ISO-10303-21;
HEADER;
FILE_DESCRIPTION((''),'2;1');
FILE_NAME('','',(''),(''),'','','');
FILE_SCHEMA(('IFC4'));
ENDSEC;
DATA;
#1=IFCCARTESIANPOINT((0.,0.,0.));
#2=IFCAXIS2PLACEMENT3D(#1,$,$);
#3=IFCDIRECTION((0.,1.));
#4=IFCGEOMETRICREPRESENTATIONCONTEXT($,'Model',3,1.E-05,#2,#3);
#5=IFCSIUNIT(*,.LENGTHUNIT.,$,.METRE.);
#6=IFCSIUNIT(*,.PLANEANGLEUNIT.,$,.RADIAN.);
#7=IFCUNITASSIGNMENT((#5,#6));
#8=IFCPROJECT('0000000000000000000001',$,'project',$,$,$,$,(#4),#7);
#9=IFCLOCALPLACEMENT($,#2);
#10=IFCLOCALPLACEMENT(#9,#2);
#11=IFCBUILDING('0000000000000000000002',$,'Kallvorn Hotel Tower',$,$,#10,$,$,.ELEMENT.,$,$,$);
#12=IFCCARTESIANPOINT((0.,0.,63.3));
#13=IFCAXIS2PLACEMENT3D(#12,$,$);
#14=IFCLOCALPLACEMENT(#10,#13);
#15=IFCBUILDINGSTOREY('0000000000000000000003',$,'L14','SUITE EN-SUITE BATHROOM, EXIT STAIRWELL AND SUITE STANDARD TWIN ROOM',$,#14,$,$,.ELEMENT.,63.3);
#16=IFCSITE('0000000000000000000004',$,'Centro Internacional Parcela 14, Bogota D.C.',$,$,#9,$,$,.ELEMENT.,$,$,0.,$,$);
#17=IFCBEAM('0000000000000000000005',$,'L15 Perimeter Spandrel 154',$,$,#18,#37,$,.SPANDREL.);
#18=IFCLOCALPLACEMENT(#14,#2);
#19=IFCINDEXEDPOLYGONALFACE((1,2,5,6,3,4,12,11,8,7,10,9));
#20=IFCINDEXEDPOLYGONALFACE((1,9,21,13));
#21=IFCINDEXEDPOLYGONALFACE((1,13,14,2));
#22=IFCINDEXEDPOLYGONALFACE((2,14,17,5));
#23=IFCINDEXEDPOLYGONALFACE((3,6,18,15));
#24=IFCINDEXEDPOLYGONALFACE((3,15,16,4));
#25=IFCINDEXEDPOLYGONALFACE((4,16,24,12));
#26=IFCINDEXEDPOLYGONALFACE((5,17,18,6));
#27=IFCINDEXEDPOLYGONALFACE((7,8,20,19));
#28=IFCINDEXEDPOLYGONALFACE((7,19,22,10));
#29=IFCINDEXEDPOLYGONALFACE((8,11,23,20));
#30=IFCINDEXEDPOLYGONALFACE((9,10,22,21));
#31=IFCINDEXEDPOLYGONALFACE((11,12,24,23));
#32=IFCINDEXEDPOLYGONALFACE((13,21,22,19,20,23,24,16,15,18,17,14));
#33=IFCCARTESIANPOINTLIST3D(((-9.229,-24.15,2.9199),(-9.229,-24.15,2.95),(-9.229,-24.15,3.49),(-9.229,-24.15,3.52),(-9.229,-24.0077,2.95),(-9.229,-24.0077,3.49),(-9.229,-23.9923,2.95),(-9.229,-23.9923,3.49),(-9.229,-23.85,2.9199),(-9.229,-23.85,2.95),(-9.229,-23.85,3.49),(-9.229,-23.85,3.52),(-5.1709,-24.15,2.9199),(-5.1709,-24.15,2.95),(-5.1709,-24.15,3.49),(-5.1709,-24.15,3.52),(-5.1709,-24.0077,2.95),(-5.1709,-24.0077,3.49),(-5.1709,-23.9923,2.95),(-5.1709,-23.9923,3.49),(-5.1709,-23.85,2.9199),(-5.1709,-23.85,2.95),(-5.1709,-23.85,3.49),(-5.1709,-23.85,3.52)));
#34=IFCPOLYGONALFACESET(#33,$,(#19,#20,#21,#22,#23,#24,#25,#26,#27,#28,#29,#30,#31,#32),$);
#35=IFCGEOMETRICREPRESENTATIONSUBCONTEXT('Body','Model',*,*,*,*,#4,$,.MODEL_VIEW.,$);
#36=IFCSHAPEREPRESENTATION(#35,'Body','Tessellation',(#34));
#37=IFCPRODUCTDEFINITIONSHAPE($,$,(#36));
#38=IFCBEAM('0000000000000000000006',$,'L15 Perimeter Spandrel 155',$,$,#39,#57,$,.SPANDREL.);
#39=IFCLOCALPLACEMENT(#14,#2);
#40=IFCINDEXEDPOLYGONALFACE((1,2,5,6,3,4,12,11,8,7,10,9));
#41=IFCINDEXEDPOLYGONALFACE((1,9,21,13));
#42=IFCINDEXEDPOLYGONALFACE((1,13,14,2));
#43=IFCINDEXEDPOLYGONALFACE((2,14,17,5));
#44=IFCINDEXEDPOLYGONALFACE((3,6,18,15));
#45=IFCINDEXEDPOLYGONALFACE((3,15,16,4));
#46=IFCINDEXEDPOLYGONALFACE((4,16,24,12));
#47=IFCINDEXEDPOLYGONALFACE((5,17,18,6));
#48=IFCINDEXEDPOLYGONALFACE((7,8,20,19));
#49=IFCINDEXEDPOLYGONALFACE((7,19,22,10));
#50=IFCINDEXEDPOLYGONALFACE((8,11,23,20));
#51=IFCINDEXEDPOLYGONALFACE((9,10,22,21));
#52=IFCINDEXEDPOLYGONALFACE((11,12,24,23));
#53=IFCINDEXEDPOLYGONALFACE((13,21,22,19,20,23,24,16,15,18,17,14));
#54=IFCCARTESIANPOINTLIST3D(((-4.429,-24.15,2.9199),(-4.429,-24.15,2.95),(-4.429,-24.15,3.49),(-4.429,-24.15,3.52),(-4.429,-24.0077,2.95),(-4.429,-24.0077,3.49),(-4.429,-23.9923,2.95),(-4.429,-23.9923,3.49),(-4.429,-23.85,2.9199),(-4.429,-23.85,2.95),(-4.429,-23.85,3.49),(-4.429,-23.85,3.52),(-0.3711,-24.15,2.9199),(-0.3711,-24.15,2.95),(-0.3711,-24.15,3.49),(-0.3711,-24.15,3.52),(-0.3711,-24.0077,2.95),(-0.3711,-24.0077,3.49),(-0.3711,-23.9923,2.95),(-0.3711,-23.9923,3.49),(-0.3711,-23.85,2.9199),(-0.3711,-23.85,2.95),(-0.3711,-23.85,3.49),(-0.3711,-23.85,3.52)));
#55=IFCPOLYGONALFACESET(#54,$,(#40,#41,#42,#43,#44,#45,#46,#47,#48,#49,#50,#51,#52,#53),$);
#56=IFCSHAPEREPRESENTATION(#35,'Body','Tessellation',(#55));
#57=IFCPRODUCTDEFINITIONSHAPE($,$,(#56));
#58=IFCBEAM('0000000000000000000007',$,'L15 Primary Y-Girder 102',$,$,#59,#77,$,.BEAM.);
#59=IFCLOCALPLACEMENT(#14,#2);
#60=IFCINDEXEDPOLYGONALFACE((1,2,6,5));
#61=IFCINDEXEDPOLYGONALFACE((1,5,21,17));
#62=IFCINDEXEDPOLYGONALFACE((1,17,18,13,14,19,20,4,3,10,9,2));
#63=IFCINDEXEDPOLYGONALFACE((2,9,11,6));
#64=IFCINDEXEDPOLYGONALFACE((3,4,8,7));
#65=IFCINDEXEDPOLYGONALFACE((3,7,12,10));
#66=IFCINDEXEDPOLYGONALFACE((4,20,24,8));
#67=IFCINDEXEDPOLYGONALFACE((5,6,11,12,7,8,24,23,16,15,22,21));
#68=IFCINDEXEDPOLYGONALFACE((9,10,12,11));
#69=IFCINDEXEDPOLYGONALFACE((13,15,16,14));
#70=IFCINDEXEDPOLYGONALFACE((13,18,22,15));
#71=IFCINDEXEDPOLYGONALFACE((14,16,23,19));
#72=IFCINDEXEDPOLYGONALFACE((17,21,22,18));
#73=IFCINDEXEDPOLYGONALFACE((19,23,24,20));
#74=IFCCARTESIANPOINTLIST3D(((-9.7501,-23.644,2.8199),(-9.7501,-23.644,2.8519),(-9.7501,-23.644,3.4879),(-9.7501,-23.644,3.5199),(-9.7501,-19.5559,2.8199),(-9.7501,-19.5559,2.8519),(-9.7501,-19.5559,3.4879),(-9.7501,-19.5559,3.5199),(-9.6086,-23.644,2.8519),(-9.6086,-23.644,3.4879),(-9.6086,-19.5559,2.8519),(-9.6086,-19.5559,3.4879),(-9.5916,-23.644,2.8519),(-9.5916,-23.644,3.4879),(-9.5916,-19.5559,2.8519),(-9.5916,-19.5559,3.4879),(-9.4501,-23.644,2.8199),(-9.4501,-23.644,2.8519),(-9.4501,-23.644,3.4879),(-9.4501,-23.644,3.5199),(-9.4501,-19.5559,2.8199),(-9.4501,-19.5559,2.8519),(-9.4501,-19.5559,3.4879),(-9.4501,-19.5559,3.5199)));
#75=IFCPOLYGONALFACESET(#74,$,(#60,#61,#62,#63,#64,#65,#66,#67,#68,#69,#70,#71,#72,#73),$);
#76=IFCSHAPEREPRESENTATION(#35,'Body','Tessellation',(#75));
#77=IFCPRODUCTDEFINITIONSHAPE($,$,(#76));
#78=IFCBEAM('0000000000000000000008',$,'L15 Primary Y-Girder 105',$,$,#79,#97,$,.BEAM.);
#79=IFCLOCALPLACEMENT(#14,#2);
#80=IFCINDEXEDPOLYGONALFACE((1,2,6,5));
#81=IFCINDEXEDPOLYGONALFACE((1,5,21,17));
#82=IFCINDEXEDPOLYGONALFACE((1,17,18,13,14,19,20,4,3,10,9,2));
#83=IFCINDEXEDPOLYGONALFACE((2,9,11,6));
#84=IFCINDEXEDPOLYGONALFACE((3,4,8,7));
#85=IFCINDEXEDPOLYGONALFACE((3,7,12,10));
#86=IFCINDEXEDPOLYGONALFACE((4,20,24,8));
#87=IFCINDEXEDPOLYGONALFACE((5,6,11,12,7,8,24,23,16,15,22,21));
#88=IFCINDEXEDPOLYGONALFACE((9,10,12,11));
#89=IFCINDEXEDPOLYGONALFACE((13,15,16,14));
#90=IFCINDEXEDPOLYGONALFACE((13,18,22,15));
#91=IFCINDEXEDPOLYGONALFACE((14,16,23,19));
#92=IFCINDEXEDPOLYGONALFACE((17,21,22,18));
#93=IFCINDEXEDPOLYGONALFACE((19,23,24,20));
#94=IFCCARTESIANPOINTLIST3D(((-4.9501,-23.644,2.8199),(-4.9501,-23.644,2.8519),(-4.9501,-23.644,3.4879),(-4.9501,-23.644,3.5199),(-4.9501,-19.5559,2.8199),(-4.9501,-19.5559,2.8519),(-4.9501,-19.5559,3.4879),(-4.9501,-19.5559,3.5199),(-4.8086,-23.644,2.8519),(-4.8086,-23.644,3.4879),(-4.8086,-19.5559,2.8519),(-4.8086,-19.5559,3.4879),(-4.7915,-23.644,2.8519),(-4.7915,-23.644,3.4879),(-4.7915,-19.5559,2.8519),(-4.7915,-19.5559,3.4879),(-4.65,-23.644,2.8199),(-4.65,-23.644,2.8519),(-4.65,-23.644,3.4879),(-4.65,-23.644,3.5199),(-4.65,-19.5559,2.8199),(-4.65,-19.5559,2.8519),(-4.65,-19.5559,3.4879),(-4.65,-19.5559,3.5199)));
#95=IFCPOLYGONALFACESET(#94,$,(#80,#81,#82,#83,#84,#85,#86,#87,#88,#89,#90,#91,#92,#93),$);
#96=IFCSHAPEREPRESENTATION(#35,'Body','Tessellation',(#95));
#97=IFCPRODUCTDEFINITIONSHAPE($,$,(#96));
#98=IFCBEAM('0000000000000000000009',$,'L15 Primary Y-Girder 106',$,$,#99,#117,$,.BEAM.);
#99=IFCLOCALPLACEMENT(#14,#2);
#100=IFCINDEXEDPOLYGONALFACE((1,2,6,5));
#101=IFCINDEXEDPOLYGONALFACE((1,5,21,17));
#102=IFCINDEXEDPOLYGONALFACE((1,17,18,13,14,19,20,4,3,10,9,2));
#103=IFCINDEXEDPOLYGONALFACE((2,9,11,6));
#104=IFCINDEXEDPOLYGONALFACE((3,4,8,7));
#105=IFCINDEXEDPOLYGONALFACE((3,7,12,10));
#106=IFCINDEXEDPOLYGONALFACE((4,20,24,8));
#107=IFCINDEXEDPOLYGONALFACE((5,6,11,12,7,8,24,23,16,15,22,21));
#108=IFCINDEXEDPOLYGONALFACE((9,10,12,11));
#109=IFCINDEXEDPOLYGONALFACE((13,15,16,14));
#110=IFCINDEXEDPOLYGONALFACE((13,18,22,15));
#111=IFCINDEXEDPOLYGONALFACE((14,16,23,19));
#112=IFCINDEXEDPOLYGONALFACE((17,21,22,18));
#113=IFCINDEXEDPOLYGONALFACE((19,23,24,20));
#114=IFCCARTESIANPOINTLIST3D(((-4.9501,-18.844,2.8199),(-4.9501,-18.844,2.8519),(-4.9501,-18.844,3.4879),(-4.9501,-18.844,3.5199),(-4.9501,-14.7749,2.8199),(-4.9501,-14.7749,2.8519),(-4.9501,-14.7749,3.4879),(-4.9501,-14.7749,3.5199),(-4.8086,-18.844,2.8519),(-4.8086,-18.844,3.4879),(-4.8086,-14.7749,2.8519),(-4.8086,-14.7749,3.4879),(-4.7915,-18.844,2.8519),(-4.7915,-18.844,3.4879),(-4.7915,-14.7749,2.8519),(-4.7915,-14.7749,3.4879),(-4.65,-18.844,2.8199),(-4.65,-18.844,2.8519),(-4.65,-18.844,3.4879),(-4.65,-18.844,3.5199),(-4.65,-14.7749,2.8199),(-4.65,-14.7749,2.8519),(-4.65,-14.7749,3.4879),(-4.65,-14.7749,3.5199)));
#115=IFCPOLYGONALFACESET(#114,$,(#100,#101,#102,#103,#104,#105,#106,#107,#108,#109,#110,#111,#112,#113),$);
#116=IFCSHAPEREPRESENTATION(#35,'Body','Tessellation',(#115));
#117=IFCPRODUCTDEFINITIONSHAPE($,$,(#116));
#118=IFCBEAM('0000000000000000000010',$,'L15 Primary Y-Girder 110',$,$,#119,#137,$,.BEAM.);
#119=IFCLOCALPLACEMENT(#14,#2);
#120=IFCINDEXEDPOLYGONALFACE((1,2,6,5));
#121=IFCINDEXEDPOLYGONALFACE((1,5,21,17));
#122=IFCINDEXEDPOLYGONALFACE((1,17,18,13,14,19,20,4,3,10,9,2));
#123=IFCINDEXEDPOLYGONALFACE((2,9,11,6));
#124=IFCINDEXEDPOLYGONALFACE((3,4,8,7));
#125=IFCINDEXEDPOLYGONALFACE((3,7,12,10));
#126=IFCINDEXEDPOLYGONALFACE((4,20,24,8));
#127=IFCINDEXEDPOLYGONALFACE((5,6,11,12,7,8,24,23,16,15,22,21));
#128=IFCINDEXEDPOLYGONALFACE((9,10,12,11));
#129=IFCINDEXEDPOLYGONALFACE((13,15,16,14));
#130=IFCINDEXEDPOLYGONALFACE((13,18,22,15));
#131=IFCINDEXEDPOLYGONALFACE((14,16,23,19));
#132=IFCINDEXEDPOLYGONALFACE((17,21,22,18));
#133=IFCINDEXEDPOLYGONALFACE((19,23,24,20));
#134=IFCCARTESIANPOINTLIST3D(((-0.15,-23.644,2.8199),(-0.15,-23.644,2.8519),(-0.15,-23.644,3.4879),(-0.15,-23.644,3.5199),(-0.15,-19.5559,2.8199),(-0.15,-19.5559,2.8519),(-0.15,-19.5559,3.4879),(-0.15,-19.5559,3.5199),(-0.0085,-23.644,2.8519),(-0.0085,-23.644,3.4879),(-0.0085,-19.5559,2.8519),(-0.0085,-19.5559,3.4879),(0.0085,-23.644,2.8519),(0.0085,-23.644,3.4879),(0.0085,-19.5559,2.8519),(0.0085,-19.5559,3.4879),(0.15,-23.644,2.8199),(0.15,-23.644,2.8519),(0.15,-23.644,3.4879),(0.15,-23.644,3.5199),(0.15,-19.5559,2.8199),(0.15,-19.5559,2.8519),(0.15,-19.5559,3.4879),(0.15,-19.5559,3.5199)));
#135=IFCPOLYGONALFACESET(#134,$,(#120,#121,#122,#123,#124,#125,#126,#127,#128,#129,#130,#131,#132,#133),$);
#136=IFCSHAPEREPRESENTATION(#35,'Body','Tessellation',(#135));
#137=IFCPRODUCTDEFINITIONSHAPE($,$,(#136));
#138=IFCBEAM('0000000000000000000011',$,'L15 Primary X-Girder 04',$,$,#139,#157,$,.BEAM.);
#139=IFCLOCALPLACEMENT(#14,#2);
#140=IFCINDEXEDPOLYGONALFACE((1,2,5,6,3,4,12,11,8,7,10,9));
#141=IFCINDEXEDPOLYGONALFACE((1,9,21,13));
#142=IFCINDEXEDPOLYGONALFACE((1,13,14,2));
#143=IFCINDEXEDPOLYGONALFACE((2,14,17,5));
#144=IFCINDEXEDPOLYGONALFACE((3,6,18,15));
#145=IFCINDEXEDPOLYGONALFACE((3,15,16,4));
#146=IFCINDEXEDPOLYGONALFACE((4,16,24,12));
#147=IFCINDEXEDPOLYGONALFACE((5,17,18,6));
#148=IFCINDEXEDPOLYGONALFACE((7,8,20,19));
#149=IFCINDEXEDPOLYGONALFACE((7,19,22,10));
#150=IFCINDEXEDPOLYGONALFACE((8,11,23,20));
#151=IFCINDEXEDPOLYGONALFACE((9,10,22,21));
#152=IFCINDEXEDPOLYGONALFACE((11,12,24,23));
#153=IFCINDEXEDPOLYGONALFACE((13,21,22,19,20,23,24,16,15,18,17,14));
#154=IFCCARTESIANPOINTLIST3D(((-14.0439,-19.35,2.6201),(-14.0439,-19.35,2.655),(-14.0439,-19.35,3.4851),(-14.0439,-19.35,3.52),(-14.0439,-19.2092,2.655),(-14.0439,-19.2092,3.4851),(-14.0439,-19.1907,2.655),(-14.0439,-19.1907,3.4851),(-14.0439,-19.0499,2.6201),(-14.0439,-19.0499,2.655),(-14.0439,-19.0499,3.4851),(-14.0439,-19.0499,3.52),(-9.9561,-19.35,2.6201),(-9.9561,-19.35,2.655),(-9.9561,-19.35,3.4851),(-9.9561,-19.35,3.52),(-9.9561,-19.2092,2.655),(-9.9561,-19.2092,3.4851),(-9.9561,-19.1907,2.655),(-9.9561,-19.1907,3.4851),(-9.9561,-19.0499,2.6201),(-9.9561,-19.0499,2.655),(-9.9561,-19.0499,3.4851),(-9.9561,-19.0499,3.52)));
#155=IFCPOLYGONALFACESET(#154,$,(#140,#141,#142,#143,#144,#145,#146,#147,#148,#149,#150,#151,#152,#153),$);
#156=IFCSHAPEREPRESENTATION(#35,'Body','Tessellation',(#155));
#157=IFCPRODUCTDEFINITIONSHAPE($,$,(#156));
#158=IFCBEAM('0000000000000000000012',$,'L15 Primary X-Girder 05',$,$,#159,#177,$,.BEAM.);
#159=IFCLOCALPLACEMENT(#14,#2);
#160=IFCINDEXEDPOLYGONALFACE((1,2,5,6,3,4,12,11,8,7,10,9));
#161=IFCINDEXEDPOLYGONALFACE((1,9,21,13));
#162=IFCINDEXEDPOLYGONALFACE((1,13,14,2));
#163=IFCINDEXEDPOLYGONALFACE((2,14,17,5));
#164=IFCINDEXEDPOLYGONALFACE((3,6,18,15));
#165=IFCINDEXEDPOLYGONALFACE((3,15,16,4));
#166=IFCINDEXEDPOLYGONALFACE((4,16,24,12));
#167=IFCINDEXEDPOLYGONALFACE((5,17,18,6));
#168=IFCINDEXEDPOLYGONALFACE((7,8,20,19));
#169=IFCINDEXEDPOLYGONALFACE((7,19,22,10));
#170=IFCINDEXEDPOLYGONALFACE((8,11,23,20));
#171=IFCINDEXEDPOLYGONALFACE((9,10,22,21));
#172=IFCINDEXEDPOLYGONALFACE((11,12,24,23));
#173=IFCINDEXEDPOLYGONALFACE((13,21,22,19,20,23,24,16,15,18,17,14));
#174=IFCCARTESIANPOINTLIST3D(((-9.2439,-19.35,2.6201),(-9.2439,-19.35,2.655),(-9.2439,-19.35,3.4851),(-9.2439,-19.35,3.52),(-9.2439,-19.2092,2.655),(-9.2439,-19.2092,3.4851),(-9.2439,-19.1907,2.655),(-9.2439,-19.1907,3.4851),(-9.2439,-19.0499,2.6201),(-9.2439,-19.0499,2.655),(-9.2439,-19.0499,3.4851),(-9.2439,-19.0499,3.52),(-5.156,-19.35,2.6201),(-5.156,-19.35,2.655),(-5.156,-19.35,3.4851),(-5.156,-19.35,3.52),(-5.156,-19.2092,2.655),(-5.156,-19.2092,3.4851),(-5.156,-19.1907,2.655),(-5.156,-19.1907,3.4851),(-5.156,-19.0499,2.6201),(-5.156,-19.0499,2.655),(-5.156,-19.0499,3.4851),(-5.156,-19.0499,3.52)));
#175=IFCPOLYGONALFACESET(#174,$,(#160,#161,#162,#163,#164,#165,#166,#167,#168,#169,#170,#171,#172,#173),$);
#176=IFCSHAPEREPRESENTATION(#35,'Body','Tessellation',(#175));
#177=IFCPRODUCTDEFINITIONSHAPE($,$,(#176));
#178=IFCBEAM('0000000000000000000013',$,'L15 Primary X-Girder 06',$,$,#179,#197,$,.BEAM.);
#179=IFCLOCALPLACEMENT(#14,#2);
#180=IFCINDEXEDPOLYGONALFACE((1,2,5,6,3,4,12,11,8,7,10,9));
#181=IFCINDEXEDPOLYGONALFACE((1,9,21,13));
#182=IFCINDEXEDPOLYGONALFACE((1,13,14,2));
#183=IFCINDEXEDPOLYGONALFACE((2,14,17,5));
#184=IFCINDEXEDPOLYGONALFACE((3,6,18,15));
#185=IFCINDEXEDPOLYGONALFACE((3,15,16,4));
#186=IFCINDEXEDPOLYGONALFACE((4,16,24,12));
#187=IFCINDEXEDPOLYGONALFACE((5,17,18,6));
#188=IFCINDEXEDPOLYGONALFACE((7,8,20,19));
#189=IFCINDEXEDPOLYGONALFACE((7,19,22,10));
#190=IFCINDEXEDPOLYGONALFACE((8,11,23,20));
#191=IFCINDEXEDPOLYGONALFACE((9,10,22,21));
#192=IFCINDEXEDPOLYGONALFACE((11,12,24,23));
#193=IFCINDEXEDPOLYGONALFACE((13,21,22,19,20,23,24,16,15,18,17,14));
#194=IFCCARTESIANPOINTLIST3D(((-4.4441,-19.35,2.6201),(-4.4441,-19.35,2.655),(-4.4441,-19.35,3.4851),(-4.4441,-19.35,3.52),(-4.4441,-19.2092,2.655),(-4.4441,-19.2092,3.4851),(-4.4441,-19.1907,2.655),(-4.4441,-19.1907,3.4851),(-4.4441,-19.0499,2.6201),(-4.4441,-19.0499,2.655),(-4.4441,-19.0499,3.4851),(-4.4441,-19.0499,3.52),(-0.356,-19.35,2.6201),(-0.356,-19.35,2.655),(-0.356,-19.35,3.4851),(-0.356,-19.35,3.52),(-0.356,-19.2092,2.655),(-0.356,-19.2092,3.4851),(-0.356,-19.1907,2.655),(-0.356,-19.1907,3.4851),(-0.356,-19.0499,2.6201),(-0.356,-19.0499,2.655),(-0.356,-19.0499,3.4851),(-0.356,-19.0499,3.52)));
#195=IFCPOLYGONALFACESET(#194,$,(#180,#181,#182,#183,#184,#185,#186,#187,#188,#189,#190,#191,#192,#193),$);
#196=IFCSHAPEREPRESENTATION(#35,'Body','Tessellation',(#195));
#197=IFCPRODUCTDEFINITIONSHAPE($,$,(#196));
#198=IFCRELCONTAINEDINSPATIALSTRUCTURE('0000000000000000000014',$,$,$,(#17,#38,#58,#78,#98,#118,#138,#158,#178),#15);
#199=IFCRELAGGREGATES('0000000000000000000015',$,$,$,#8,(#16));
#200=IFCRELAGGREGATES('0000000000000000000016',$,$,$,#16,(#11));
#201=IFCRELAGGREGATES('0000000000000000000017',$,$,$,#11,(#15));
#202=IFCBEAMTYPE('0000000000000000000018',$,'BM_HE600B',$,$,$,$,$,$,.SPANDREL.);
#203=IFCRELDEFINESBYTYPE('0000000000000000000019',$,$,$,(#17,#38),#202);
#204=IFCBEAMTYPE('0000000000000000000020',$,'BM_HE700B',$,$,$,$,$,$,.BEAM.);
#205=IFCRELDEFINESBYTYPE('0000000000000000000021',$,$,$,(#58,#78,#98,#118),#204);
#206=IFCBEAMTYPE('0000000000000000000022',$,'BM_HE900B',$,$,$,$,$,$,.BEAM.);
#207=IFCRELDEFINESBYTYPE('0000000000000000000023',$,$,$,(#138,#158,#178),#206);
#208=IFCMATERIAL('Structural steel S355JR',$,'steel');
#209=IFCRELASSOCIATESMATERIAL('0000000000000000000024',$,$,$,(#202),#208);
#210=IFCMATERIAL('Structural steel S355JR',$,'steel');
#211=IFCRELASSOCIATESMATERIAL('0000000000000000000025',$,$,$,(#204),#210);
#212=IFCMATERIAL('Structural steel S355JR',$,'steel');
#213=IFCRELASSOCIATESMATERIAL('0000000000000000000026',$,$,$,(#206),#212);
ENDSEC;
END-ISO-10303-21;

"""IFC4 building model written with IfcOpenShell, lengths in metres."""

from ifc_helpers import new_model, si_unit, direction, frame, origin, origin_2d, place, context, subcontext, project, spatial, i_section, extrude, material, material_profile, profile_set, type_object, element, save


model = new_model("IFC4")

# Units and contexts
model_context = context("Model", 3, precision=1e-05, world=origin(), true_north=direction((0.0, 1.0)))
body_context = subcontext(model_context, "Body", "Model", "MODEL_VIEW")
ifc_project = project(units=[si_unit("LENGTHUNIT", "METRE"), si_unit("PLANEANGLEUNIT", "RADIAN")], contexts=[model_context])

# Site, building, storey
site_placement = place(None, origin())
site = spatial("IfcSite", under=ifc_project, at=site_placement, Name="Centro Internacional Parcela 14, Bogota D.C.", CompositionType="ELEMENT", RefElevation=0.0)
building_placement = place(site_placement, origin())
building = spatial("IfcBuilding", under=site, at=building_placement, Name="Kallvorn Hotel Tower", CompositionType="ELEMENT")
storey_placement = place(building_placement, frame((0.0, 0.0, 63.3)))
storey = spatial("IfcBuildingStorey", under=building, at=storey_placement, Name="L14", Description="SUITE EN-SUITE BATHROOM, EXIT STAIRWELL AND SUITE STANDARD TWIN ROOM", CompositionType="ELEMENT", Elevation=63.3)

# Beams
ifc_material_1 = material(Name="Structural steel S355JR", Category="steel")
ifc_material_profile_1 = material_profile(ifc_material_1, i_section(OverallWidth=0.3, OverallDepth=0.6001, WebThickness=0.0154, FlangeThickness=0.03, at=origin_2d()), Name="HE 600 B")
ifc_profile_set_1 = profile_set([ifc_material_profile_1], Name="Structural steel S355JR")
beam_type_1 = type_object("IfcBeamType", Name="BM_HE600B", PredefinedType="SPANDREL", material=ifc_profile_set_1)
for number, where, z_axis, x_axis, name in (
    (1, (-9.229, -24.0, 3.22), (1.0, 0.0, 0.0), (0.0, 1.0, 0.0), "L15 Perimeter Spandrel 154"),
):
    element("IfcBeam", number, at=place(storey_placement, frame(where, z_axis=z_axis, x_axis=x_axis)), inside=storey, type_object=beam_type_1, Name=name, PredefinedType="SPANDREL", context=body_context, shape_type="SweptSolid", body=[
        extrude(i_section(OverallWidth=0.3, OverallDepth=0.6001, WebThickness=0.0154, FlangeThickness=0.03, at=origin_2d()), origin(), (0.0, 0.0, 1.0), 4.0581),
    ])
beam_1_placement = place(storey_placement, frame((-4.429, -24.0, 3.22), z_axis=(1.0, 0.0, 0.0), x_axis=(0.0, 1.0, 0.0)))
element("IfcBeam", 2, at=beam_1_placement, inside=storey, type_object=beam_type_1, Name="L15 Perimeter Spandrel 155", PredefinedType="SPANDREL", context=body_context, shape_type="SweptSolid", body=[
    extrude(i_section(OverallWidth=0.3, OverallDepth=0.6001, WebThickness=0.0154, FlangeThickness=0.03, at=origin_2d()), origin(), (0.0, 0.0, 1.0), 4.0579),
])
ifc_material_2 = material(Name="Structural steel S355JR", Category="steel")
ifc_material_profile_2 = material_profile(ifc_material_2, i_section(OverallWidth=0.3, OverallDepth=0.7, WebThickness=0.0171, FlangeThickness=0.032, at=origin_2d()), Name="HE 700 B")
ifc_profile_set_2 = profile_set([ifc_material_profile_2], Name="Structural steel S355JR")
beam_type_2 = type_object("IfcBeamType", Name="BM_HE700B", PredefinedType="BEAM", material=ifc_profile_set_2)
for number, where, z_axis, x_axis, name in (
    (3, (-9.6001, -23.644, 3.1699), (0.0, 1.0, 0.0), (-1.0, 0.0, 0.0), "L15 Primary Y-Girder 102"),
    (4, (-4.8, -23.644, 3.1699), (0.0, 1.0, 0.0), (-1.0, 0.0, 0.0), "L15 Primary Y-Girder 105"),
):
    element("IfcBeam", number, at=place(storey_placement, frame(where, z_axis=z_axis, x_axis=x_axis)), inside=storey, type_object=beam_type_2, Name=name, PredefinedType="BEAM", context=body_context, shape_type="SweptSolid", body=[
        extrude(i_section(OverallWidth=0.3, OverallDepth=0.7, WebThickness=0.0171, FlangeThickness=0.032, at=origin_2d()), origin(), (0.0, 0.0, 1.0), 4.0881),
    ])
beam_2_placement = place(storey_placement, frame((-4.8, -18.844, 3.1699), z_axis=(0.0, 1.0, 0.0), x_axis=(-1.0, 0.0, 0.0)))
element("IfcBeam", 5, at=beam_2_placement, inside=storey, type_object=beam_type_2, Name="L15 Primary Y-Girder 106", PredefinedType="BEAM", context=body_context, shape_type="SweptSolid", body=[
    extrude(i_section(OverallWidth=0.3, OverallDepth=0.7, WebThickness=0.0171, FlangeThickness=0.032, at=origin_2d()), origin(), (0.0, 0.0, 1.0), 4.0691),
])
beam_3_placement = place(storey_placement, frame((0.0, -23.644, 3.1699), z_axis=(0.0, 1.0, 0.0), x_axis=(-1.0, 0.0, 0.0)))
element("IfcBeam", 6, at=beam_3_placement, inside=storey, type_object=beam_type_2, Name="L15 Primary Y-Girder 110", PredefinedType="BEAM", context=body_context, shape_type="SweptSolid", body=[
    extrude(i_section(OverallWidth=0.3, OverallDepth=0.7, WebThickness=0.0171, FlangeThickness=0.032, at=origin_2d()), origin(), (0.0, 0.0, 1.0), 4.0881),
])
ifc_material_3 = material(Name="Structural steel S355JR", Category="steel")
ifc_material_profile_3 = material_profile(ifc_material_3, i_section(OverallWidth=0.3, OverallDepth=0.8999, WebThickness=0.0186, FlangeThickness=0.0349, at=origin_2d()), Name="HE 900 B")
ifc_profile_set_3 = profile_set([ifc_material_profile_3], Name="Structural steel S355JR")
beam_type_3 = type_object("IfcBeamType", Name="BM_HE900B", PredefinedType="BEAM", material=ifc_profile_set_3)
for number, where, z_axis, x_axis, name in (
    (7, (-14.0439, -19.2, 3.0701), (1.0, 0.0, 0.0), (0.0, 1.0, 0.0), "L15 Primary X-Girder 04"),
    (8, (-9.2439, -19.2, 3.0701), (1.0, 0.0, 0.0), (0.0, 1.0, 0.0), "L15 Primary X-Girder 05"),
):
    element("IfcBeam", number, at=place(storey_placement, frame(where, z_axis=z_axis, x_axis=x_axis)), inside=storey, type_object=beam_type_3, Name=name, PredefinedType="BEAM", context=body_context, shape_type="SweptSolid", body=[
        extrude(i_section(OverallWidth=0.3, OverallDepth=0.8999, WebThickness=0.0186, FlangeThickness=0.0349, at=origin_2d()), origin(), (0.0, 0.0, 1.0), 4.0879),
    ])
beam_4_placement = place(storey_placement, frame((-4.4441, -19.2, 3.0701), z_axis=(1.0, 0.0, 0.0), x_axis=(0.0, 1.0, 0.0)))
element("IfcBeam", 9, at=beam_4_placement, inside=storey, type_object=beam_type_3, Name="L15 Primary X-Girder 06", PredefinedType="BEAM", context=body_context, shape_type="SweptSolid", body=[
    extrude(i_section(OverallWidth=0.3, OverallDepth=0.8999, WebThickness=0.0186, FlangeThickness=0.0349, at=origin_2d()), origin(), (0.0, 0.0, 1.0), 4.0881),
])

save(model, "model.ifc")
